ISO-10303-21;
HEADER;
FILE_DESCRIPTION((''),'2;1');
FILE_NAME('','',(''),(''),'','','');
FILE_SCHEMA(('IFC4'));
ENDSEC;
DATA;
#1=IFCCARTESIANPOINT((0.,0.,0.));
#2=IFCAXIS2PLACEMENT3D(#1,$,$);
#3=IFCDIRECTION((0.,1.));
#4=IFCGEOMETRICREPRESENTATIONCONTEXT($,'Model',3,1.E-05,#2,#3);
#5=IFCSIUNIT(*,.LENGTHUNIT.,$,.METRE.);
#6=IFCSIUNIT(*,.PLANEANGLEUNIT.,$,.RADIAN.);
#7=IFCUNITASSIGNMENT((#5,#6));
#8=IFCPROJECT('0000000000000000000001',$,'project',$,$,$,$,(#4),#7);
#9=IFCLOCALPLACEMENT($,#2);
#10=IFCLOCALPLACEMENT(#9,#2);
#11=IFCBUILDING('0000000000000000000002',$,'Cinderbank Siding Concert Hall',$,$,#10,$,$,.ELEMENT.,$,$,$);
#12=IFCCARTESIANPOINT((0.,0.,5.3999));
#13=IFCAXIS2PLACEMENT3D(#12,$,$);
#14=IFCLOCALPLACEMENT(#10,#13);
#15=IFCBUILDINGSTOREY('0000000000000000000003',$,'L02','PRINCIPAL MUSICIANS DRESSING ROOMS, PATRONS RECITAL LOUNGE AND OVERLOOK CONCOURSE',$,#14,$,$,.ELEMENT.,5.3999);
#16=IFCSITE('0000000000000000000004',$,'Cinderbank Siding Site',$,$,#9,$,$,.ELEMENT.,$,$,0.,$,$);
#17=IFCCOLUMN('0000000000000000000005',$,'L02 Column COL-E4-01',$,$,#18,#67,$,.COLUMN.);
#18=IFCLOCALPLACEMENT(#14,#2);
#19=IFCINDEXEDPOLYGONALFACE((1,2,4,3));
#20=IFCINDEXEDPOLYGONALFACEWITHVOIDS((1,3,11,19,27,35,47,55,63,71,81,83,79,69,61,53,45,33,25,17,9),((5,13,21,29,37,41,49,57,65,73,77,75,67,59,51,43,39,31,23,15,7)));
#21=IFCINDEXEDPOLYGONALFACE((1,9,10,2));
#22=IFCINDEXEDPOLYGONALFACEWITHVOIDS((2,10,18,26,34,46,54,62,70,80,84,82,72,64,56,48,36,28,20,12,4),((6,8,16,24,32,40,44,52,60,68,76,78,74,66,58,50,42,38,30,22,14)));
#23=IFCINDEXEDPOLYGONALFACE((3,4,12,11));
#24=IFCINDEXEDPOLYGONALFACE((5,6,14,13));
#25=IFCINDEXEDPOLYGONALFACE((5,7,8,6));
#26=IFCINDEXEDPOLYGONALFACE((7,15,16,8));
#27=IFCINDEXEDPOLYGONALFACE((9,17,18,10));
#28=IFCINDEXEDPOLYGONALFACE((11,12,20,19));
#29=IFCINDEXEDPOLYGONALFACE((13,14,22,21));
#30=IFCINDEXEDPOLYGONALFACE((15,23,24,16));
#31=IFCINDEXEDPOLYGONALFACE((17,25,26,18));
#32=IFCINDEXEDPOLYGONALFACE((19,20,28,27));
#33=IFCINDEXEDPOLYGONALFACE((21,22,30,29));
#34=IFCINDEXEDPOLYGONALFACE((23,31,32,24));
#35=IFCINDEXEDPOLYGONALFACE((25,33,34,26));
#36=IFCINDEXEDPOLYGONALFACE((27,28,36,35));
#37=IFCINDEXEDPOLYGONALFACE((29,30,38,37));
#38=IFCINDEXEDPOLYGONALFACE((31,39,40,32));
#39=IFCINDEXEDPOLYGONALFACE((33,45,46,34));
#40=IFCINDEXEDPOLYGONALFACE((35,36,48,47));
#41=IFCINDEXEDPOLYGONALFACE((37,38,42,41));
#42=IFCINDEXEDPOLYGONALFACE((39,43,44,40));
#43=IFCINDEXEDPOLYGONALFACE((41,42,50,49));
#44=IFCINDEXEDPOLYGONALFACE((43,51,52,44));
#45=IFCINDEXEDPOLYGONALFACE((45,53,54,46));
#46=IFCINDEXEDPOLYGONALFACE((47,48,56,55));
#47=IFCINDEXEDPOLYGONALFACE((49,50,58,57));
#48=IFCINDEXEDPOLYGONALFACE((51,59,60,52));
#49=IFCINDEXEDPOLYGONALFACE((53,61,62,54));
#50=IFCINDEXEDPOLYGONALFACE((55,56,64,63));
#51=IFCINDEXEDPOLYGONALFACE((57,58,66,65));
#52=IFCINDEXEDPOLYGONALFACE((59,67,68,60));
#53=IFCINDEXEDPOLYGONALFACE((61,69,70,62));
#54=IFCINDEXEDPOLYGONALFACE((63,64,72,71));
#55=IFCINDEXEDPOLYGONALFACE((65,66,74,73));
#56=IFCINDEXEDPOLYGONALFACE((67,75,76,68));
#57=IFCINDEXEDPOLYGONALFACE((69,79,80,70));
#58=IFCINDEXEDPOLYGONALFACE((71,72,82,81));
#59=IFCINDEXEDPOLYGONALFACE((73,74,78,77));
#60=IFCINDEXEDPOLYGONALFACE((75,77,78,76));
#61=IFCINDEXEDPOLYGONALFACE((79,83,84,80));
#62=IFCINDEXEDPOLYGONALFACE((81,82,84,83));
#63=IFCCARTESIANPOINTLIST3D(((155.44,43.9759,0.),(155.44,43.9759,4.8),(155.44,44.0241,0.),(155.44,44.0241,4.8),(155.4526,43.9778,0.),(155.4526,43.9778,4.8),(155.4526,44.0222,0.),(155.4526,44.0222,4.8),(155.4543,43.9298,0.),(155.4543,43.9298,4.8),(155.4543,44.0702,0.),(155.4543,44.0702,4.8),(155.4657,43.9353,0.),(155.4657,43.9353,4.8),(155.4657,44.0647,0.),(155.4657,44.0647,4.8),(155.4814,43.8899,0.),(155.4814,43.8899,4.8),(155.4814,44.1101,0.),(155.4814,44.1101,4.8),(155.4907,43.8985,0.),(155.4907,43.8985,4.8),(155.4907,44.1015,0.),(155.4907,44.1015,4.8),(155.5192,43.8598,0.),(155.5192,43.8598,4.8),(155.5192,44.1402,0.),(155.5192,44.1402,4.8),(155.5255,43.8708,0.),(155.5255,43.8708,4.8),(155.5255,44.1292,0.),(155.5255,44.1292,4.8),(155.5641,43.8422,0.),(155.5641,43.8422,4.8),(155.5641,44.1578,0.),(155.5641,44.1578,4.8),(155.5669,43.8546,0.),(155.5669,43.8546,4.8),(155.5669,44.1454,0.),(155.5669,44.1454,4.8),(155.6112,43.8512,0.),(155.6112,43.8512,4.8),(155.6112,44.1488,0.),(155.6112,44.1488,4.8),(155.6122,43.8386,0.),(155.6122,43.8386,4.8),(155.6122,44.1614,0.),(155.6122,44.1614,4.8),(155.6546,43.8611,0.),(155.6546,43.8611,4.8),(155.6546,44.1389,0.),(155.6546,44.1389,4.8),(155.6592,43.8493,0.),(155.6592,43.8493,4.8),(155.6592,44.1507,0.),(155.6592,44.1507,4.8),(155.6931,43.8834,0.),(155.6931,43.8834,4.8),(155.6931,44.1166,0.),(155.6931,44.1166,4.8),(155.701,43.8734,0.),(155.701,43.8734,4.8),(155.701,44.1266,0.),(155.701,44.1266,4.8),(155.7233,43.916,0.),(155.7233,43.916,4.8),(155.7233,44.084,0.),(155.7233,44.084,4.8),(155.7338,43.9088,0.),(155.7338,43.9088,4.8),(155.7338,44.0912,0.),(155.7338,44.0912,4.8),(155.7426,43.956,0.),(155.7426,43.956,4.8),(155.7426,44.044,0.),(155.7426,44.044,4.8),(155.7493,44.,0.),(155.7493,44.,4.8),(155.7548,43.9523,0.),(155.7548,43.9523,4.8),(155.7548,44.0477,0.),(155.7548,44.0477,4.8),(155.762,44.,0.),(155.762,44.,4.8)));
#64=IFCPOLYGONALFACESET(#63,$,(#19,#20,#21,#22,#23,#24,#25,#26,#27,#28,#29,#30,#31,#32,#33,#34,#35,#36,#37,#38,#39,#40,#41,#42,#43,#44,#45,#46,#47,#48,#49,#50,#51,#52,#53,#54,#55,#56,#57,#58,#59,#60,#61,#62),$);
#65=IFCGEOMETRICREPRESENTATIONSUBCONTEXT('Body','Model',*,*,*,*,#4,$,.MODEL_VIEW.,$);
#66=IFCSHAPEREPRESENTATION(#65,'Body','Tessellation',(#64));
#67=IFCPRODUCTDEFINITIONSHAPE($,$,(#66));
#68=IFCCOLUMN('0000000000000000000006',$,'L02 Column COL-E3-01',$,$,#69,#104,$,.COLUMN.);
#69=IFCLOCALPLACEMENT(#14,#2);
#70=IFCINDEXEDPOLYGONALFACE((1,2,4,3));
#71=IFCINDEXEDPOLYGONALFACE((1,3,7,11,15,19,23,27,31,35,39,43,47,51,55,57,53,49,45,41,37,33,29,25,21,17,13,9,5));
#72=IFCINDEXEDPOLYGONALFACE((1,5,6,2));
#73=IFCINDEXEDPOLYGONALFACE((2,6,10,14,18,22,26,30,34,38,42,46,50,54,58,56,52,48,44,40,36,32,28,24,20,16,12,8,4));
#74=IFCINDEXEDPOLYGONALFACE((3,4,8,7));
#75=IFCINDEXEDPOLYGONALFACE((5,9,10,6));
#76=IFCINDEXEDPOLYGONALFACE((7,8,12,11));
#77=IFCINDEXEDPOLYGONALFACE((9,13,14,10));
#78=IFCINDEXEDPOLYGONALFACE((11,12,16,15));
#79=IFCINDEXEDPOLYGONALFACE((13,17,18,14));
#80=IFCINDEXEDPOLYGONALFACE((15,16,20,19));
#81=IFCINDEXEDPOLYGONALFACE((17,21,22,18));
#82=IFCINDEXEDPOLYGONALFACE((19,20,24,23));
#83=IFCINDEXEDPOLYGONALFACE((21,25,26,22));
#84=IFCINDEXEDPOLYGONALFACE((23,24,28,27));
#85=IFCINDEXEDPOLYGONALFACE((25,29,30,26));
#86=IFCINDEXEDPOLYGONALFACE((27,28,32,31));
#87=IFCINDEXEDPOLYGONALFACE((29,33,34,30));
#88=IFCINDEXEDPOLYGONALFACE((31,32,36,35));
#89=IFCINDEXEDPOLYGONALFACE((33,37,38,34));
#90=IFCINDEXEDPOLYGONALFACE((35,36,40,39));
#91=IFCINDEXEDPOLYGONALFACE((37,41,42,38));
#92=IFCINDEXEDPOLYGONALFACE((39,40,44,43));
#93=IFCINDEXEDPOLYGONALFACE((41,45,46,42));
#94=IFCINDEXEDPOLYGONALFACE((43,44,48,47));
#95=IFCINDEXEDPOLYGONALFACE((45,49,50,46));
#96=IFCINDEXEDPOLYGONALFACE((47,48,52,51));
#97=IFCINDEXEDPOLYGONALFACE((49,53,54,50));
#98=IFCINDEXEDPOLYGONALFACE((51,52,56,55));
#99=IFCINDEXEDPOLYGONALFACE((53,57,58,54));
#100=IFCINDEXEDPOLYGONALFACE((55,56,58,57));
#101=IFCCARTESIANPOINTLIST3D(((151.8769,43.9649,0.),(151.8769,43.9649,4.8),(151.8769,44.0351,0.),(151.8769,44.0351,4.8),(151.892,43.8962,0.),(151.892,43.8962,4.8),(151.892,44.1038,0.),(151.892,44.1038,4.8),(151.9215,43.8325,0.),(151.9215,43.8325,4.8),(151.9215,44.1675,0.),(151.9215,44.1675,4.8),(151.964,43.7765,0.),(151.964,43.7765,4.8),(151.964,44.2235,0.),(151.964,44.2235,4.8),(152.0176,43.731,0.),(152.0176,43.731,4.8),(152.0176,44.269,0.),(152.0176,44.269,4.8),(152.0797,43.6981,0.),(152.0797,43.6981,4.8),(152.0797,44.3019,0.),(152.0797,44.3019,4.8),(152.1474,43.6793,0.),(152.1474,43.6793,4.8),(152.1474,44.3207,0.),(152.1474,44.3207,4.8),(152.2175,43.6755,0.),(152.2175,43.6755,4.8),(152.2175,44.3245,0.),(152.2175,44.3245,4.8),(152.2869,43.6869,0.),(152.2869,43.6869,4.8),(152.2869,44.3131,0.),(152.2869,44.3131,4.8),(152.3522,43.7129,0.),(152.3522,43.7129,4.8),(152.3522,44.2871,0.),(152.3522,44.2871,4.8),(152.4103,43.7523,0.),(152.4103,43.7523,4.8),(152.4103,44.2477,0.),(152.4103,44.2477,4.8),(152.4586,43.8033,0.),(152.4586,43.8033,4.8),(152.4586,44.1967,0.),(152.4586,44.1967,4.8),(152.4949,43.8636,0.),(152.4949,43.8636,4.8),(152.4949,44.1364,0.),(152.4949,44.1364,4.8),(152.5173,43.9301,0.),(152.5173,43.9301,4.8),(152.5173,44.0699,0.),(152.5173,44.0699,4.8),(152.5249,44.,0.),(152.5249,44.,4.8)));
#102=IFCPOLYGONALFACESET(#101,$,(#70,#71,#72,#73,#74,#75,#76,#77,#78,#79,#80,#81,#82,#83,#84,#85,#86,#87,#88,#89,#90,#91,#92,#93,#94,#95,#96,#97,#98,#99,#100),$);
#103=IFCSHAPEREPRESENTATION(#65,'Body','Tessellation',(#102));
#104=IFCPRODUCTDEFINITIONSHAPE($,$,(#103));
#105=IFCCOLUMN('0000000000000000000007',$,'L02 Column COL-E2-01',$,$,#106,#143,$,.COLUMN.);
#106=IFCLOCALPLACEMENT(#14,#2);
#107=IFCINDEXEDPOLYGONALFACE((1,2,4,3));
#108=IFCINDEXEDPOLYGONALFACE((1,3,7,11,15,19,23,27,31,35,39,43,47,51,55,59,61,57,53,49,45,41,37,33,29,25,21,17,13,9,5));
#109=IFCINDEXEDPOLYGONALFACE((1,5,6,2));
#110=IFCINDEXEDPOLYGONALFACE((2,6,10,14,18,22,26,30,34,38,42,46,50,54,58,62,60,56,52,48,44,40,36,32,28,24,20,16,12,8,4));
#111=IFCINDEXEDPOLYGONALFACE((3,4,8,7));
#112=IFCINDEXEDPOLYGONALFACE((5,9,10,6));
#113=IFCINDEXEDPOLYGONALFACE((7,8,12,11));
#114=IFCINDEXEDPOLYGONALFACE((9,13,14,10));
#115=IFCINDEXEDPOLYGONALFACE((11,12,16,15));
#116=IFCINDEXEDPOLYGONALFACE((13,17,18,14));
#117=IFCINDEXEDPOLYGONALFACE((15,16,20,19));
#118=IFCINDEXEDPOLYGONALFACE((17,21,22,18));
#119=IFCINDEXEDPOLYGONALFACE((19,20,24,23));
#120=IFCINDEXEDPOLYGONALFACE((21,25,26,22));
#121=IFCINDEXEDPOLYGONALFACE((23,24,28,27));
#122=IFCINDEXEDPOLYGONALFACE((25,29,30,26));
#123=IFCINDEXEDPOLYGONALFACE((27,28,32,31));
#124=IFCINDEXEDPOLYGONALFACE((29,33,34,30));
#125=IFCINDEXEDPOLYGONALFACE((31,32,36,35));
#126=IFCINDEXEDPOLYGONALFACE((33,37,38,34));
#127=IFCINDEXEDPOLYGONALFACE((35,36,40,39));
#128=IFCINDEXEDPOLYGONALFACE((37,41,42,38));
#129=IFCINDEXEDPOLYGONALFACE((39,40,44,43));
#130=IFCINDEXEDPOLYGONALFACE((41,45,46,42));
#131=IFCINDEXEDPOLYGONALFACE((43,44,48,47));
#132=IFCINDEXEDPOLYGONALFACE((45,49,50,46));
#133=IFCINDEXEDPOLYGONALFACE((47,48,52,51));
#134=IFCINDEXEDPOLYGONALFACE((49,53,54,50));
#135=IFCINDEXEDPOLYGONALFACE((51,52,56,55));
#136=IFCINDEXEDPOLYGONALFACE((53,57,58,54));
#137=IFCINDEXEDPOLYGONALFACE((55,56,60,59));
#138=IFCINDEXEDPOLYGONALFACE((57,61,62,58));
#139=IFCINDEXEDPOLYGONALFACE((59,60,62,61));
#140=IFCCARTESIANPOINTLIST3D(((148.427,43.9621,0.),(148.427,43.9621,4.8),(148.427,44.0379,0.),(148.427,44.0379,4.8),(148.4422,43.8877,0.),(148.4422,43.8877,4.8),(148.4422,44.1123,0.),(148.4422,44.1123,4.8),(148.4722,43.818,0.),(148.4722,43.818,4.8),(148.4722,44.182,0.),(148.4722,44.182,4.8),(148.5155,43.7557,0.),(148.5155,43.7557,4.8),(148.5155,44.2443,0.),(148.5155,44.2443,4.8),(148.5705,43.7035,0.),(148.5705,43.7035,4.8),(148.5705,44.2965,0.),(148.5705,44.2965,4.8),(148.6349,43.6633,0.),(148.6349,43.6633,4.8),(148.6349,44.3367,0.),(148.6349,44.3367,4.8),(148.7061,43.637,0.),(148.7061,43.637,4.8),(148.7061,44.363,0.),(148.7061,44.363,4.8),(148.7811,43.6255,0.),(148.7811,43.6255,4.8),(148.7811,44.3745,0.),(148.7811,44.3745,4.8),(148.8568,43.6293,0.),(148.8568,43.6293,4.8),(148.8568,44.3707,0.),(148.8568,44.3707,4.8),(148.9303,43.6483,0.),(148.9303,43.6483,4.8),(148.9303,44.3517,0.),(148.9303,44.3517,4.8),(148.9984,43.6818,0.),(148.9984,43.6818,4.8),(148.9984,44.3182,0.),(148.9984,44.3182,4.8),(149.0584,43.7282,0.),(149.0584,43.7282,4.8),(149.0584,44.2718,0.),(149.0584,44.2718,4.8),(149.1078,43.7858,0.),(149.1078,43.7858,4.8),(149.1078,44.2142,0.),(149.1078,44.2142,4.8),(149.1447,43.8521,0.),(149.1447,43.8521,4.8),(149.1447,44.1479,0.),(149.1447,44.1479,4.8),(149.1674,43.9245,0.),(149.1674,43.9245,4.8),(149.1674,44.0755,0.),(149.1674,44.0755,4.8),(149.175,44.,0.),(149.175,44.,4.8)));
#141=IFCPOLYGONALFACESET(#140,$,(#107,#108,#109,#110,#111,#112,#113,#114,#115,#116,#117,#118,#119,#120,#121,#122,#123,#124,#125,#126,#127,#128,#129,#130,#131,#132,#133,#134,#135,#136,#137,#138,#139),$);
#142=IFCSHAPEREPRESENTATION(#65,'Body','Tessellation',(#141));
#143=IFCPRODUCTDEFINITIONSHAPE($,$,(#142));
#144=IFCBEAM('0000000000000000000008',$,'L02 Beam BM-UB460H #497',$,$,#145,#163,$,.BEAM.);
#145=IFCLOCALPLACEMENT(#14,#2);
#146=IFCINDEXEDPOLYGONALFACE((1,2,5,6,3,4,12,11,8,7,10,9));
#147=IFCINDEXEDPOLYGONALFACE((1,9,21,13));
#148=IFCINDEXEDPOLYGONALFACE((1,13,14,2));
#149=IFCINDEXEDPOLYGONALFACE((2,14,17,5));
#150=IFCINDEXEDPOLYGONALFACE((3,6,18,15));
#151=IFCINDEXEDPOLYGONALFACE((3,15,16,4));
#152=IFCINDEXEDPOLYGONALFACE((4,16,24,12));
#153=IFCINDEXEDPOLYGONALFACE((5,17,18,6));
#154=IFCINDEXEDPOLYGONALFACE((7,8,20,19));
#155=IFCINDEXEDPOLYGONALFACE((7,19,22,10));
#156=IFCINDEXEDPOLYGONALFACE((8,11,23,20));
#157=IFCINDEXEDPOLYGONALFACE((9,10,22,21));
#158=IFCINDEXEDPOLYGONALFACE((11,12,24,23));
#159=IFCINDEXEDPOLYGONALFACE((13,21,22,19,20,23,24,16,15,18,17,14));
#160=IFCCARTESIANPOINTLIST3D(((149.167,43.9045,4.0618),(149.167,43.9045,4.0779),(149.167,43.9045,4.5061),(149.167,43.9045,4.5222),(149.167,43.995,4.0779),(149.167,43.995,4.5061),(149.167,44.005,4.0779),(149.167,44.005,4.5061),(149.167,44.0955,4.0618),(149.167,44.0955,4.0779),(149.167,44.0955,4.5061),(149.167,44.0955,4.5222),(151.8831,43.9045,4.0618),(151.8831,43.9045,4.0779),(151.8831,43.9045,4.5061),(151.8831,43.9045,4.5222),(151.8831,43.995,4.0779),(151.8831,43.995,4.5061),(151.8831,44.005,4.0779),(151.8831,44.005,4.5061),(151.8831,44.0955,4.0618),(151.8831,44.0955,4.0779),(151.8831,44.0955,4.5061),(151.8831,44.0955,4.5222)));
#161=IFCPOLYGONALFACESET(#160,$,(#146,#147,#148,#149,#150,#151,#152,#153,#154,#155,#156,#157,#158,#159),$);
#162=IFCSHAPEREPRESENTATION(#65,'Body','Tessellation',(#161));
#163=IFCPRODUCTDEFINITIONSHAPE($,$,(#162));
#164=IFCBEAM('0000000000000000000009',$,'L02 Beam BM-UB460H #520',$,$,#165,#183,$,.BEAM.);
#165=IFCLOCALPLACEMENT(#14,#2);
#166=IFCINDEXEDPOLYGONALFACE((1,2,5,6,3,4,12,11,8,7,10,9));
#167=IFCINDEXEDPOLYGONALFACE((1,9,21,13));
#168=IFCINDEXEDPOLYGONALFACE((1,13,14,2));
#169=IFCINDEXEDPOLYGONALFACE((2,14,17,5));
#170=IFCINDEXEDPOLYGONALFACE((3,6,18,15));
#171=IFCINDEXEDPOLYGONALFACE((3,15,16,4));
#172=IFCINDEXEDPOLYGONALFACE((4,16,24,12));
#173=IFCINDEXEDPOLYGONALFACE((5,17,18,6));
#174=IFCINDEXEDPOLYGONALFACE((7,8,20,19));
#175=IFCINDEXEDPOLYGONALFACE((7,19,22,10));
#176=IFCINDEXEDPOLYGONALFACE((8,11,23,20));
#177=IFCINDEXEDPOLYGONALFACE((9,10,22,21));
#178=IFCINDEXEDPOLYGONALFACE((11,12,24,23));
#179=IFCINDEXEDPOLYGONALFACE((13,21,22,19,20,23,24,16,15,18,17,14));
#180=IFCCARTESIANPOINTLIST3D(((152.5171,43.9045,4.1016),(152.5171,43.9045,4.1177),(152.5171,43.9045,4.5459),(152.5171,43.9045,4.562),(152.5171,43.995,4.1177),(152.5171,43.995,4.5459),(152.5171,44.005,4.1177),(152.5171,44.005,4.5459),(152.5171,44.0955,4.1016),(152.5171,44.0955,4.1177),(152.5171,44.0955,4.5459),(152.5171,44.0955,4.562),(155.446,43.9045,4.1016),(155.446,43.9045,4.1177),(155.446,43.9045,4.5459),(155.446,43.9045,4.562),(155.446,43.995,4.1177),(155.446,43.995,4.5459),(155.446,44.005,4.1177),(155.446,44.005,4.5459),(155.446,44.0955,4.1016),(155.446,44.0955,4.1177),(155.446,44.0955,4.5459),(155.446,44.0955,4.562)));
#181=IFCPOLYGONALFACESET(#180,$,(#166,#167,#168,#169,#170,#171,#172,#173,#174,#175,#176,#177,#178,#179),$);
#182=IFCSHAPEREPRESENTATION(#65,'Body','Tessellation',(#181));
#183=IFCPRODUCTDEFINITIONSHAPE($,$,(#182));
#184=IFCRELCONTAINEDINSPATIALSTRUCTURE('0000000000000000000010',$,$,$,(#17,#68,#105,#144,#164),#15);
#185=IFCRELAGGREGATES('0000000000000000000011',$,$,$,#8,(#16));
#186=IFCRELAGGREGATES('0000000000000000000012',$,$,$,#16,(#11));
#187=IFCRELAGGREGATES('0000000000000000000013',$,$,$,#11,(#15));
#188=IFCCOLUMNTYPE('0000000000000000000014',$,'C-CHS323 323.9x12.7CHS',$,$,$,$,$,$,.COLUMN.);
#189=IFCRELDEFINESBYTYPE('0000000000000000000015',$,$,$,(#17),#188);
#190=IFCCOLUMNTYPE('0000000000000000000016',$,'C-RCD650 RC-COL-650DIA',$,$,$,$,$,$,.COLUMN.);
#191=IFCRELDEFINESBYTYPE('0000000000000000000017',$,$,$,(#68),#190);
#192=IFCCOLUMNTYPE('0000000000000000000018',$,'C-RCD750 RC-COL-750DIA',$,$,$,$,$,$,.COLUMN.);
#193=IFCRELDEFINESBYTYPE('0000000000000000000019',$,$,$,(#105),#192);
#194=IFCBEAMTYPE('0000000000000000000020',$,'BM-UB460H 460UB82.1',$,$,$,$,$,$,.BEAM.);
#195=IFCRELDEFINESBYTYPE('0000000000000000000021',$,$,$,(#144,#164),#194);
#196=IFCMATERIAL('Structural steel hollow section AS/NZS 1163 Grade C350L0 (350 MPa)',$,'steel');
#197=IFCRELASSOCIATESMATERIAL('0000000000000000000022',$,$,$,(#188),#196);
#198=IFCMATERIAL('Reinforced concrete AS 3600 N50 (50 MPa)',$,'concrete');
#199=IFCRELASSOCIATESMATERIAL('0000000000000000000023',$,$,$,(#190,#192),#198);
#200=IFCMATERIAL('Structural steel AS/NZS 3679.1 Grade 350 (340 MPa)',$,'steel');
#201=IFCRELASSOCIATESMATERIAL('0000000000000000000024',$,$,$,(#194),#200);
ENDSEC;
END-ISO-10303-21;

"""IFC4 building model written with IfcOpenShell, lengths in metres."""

from ifc_helpers import new_model, si_unit, direction, frame, origin, origin_2d, place, context, subcontext, project, spatial, circle, hollow_circle, i_section, extrude, material, material_profile, profile_set, type_object, element, save


model = new_model("IFC4")

# Units and contexts
model_context = context("Model", 3, precision=1e-05, world=origin(), true_north=direction((0.0, 1.0)))
body_context = subcontext(model_context, "Body", "Model", "MODEL_VIEW")
ifc_project = project(units=[si_unit("LENGTHUNIT", "METRE"), si_unit("PLANEANGLEUNIT", "RADIAN")], contexts=[model_context])

# Site, building, storey
site_placement = place(None, origin())
site = spatial("IfcSite", under=ifc_project, at=site_placement, Name="Cinderbank Siding Site", CompositionType="ELEMENT", RefElevation=0.0)
building_placement = place(site_placement, origin())
building = spatial("IfcBuilding", under=site, at=building_placement, Name="Cinderbank Siding Concert Hall", CompositionType="ELEMENT")
storey_placement = place(building_placement, frame((0.0, 0.0, 5.3999)))
storey = spatial("IfcBuildingStorey", under=building, at=storey_placement, Name="L02", Description="PRINCIPAL MUSICIANS DRESSING ROOMS, PATRONS RECITAL LOUNGE AND OVERLOOK CONCOURSE", CompositionType="ELEMENT", Elevation=5.3999)

# Columns
ifc_material_1 = material(Name="Structural steel hollow section AS/NZS 1163 Grade C350L0 (350 MPa)", Category="steel")
ifc_material_profile_1 = material_profile(ifc_material_1, hollow_circle(Radius=0.1619, WallThickness=0.0127, at=origin_2d()), Name="323.9x12.7CHS", Category="LoadBearing")
ifc_profile_set_1 = profile_set([ifc_material_profile_1], Name="Structural steel hollow section AS/NZS 1163 Grade C350L0 (350 MPa)")
column_type_1 = type_object("IfcColumnType", Name="C-CHS323 323.9x12.7CHS", PredefinedType="COLUMN", material=ifc_profile_set_1)
column_1_placement = place(storey_placement, frame((155.6001, 44.0, 0.0), z_axis=(0.0, 0.0, 1.0), x_axis=(1.0, 0.0, 0.0)))
element("IfcColumn", 1, at=column_1_placement, inside=storey, type_object=column_type_1, Name="L02 Column COL-E4-01", PredefinedType="COLUMN", context=body_context, shape_type="SweptSolid", body=[
    extrude(hollow_circle(Radius=0.1619, WallThickness=0.0127, at=origin_2d()), origin(), (0.0, 0.0, 1.0), 4.8),
])
ifc_material_2 = material(Name="Reinforced concrete AS 3600 N50 (50 MPa)", Category="concrete")
ifc_material_profile_2 = material_profile(ifc_material_2, circle(Radius=0.325, at=origin_2d()), Name="RC-COL-650DIA", Category="LoadBearing")
ifc_profile_set_2 = profile_set([ifc_material_profile_2], Name="Reinforced concrete AS 3600 N50 (50 MPa)")
column_type_2 = type_object("IfcColumnType", Name="C-RCD650 RC-COL-650DIA", PredefinedType="COLUMN", material=ifc_profile_set_2)
column_2_placement = place(storey_placement, frame((152.2, 44.0, 0.0), z_axis=(0.0, 0.0, 1.0), x_axis=(1.0, 0.0, 0.0)))
element("IfcColumn", 2, at=column_2_placement, inside=storey, type_object=column_type_2, Name="L02 Column COL-E3-01", PredefinedType="COLUMN", context=body_context, shape_type="SweptSolid", body=[
    extrude(circle(Radius=0.325, at=origin_2d()), origin(), (0.0, 0.0, 1.0), 4.8),
])
ifc_material_profile_3 = material_profile(ifc_material_2, circle(Radius=0.375, at=origin_2d()), Name="RC-COL-750DIA", Category="LoadBearing")
ifc_profile_set_3 = profile_set([ifc_material_profile_3], Name="Reinforced concrete AS 3600 N50 (50 MPa)")
column_type_3 = type_object("IfcColumnType", Name="C-RCD750 RC-COL-750DIA", PredefinedType="COLUMN", material=ifc_profile_set_3)
column_3_placement = place(storey_placement, frame((148.8, 44.0, 0.0), z_axis=(0.0, 0.0, 1.0), x_axis=(1.0, 0.0, 0.0)))
element("IfcColumn", 3, at=column_3_placement, inside=storey, type_object=column_type_3, Name="L02 Column COL-E2-01", PredefinedType="COLUMN", context=body_context, shape_type="SweptSolid", body=[
    extrude(circle(Radius=0.375, at=origin_2d()), origin(), (0.0, 0.0, 1.0), 4.8),
])

# Beams
ifc_material_3 = material(Name="Structural steel AS/NZS 3679.1 Grade 350 (340 MPa)", Category="steel")
ifc_material_profile_4 = material_profile(ifc_material_3, i_section(OverallWidth=0.1909, OverallDepth=0.4604, WebThickness=0.01, FlangeThickness=0.0161, at=origin_2d()), Name="460UB82.1", Category="LoadBearing")
ifc_profile_set_4 = profile_set([ifc_material_profile_4], Name="Structural steel AS/NZS 3679.1 Grade 350 (340 MPa)")
beam_type_1 = type_object("IfcBeamType", Name="BM-UB460H 460UB82.1", PredefinedType="BEAM", material=ifc_profile_set_4)
beam_1_placement = place(storey_placement, frame((149.167, 44.0, 4.292), z_axis=(1.0, 0.0, 0.0), x_axis=(0.0, 1.0, 0.0)))
element("IfcBeam", 4, at=beam_1_placement, inside=storey, type_object=beam_type_1, Name="L02 Beam BM-UB460H #497", PredefinedType="BEAM", context=body_context, shape_type="SweptSolid", body=[
    extrude(i_section(OverallWidth=0.1909, OverallDepth=0.4604, WebThickness=0.01, FlangeThickness=0.0161, at=origin_2d()), origin(), (0.0, 0.0, 1.0), 2.7161),
])
beam_2_placement = place(storey_placement, frame((152.5171, 44.0, 4.3318), z_axis=(1.0, 0.0, 0.0), x_axis=(0.0, 1.0, 0.0)))
element("IfcBeam", 5, at=beam_2_placement, inside=storey, type_object=beam_type_1, Name="L02 Beam BM-UB460H #520", PredefinedType="BEAM", context=body_context, shape_type="SweptSolid", body=[
    extrude(i_section(OverallWidth=0.1909, OverallDepth=0.4604, WebThickness=0.01, FlangeThickness=0.0161, at=origin_2d()), origin(), (0.0, 0.0, 1.0), 2.929),
])

save(model, "model.ifc")
